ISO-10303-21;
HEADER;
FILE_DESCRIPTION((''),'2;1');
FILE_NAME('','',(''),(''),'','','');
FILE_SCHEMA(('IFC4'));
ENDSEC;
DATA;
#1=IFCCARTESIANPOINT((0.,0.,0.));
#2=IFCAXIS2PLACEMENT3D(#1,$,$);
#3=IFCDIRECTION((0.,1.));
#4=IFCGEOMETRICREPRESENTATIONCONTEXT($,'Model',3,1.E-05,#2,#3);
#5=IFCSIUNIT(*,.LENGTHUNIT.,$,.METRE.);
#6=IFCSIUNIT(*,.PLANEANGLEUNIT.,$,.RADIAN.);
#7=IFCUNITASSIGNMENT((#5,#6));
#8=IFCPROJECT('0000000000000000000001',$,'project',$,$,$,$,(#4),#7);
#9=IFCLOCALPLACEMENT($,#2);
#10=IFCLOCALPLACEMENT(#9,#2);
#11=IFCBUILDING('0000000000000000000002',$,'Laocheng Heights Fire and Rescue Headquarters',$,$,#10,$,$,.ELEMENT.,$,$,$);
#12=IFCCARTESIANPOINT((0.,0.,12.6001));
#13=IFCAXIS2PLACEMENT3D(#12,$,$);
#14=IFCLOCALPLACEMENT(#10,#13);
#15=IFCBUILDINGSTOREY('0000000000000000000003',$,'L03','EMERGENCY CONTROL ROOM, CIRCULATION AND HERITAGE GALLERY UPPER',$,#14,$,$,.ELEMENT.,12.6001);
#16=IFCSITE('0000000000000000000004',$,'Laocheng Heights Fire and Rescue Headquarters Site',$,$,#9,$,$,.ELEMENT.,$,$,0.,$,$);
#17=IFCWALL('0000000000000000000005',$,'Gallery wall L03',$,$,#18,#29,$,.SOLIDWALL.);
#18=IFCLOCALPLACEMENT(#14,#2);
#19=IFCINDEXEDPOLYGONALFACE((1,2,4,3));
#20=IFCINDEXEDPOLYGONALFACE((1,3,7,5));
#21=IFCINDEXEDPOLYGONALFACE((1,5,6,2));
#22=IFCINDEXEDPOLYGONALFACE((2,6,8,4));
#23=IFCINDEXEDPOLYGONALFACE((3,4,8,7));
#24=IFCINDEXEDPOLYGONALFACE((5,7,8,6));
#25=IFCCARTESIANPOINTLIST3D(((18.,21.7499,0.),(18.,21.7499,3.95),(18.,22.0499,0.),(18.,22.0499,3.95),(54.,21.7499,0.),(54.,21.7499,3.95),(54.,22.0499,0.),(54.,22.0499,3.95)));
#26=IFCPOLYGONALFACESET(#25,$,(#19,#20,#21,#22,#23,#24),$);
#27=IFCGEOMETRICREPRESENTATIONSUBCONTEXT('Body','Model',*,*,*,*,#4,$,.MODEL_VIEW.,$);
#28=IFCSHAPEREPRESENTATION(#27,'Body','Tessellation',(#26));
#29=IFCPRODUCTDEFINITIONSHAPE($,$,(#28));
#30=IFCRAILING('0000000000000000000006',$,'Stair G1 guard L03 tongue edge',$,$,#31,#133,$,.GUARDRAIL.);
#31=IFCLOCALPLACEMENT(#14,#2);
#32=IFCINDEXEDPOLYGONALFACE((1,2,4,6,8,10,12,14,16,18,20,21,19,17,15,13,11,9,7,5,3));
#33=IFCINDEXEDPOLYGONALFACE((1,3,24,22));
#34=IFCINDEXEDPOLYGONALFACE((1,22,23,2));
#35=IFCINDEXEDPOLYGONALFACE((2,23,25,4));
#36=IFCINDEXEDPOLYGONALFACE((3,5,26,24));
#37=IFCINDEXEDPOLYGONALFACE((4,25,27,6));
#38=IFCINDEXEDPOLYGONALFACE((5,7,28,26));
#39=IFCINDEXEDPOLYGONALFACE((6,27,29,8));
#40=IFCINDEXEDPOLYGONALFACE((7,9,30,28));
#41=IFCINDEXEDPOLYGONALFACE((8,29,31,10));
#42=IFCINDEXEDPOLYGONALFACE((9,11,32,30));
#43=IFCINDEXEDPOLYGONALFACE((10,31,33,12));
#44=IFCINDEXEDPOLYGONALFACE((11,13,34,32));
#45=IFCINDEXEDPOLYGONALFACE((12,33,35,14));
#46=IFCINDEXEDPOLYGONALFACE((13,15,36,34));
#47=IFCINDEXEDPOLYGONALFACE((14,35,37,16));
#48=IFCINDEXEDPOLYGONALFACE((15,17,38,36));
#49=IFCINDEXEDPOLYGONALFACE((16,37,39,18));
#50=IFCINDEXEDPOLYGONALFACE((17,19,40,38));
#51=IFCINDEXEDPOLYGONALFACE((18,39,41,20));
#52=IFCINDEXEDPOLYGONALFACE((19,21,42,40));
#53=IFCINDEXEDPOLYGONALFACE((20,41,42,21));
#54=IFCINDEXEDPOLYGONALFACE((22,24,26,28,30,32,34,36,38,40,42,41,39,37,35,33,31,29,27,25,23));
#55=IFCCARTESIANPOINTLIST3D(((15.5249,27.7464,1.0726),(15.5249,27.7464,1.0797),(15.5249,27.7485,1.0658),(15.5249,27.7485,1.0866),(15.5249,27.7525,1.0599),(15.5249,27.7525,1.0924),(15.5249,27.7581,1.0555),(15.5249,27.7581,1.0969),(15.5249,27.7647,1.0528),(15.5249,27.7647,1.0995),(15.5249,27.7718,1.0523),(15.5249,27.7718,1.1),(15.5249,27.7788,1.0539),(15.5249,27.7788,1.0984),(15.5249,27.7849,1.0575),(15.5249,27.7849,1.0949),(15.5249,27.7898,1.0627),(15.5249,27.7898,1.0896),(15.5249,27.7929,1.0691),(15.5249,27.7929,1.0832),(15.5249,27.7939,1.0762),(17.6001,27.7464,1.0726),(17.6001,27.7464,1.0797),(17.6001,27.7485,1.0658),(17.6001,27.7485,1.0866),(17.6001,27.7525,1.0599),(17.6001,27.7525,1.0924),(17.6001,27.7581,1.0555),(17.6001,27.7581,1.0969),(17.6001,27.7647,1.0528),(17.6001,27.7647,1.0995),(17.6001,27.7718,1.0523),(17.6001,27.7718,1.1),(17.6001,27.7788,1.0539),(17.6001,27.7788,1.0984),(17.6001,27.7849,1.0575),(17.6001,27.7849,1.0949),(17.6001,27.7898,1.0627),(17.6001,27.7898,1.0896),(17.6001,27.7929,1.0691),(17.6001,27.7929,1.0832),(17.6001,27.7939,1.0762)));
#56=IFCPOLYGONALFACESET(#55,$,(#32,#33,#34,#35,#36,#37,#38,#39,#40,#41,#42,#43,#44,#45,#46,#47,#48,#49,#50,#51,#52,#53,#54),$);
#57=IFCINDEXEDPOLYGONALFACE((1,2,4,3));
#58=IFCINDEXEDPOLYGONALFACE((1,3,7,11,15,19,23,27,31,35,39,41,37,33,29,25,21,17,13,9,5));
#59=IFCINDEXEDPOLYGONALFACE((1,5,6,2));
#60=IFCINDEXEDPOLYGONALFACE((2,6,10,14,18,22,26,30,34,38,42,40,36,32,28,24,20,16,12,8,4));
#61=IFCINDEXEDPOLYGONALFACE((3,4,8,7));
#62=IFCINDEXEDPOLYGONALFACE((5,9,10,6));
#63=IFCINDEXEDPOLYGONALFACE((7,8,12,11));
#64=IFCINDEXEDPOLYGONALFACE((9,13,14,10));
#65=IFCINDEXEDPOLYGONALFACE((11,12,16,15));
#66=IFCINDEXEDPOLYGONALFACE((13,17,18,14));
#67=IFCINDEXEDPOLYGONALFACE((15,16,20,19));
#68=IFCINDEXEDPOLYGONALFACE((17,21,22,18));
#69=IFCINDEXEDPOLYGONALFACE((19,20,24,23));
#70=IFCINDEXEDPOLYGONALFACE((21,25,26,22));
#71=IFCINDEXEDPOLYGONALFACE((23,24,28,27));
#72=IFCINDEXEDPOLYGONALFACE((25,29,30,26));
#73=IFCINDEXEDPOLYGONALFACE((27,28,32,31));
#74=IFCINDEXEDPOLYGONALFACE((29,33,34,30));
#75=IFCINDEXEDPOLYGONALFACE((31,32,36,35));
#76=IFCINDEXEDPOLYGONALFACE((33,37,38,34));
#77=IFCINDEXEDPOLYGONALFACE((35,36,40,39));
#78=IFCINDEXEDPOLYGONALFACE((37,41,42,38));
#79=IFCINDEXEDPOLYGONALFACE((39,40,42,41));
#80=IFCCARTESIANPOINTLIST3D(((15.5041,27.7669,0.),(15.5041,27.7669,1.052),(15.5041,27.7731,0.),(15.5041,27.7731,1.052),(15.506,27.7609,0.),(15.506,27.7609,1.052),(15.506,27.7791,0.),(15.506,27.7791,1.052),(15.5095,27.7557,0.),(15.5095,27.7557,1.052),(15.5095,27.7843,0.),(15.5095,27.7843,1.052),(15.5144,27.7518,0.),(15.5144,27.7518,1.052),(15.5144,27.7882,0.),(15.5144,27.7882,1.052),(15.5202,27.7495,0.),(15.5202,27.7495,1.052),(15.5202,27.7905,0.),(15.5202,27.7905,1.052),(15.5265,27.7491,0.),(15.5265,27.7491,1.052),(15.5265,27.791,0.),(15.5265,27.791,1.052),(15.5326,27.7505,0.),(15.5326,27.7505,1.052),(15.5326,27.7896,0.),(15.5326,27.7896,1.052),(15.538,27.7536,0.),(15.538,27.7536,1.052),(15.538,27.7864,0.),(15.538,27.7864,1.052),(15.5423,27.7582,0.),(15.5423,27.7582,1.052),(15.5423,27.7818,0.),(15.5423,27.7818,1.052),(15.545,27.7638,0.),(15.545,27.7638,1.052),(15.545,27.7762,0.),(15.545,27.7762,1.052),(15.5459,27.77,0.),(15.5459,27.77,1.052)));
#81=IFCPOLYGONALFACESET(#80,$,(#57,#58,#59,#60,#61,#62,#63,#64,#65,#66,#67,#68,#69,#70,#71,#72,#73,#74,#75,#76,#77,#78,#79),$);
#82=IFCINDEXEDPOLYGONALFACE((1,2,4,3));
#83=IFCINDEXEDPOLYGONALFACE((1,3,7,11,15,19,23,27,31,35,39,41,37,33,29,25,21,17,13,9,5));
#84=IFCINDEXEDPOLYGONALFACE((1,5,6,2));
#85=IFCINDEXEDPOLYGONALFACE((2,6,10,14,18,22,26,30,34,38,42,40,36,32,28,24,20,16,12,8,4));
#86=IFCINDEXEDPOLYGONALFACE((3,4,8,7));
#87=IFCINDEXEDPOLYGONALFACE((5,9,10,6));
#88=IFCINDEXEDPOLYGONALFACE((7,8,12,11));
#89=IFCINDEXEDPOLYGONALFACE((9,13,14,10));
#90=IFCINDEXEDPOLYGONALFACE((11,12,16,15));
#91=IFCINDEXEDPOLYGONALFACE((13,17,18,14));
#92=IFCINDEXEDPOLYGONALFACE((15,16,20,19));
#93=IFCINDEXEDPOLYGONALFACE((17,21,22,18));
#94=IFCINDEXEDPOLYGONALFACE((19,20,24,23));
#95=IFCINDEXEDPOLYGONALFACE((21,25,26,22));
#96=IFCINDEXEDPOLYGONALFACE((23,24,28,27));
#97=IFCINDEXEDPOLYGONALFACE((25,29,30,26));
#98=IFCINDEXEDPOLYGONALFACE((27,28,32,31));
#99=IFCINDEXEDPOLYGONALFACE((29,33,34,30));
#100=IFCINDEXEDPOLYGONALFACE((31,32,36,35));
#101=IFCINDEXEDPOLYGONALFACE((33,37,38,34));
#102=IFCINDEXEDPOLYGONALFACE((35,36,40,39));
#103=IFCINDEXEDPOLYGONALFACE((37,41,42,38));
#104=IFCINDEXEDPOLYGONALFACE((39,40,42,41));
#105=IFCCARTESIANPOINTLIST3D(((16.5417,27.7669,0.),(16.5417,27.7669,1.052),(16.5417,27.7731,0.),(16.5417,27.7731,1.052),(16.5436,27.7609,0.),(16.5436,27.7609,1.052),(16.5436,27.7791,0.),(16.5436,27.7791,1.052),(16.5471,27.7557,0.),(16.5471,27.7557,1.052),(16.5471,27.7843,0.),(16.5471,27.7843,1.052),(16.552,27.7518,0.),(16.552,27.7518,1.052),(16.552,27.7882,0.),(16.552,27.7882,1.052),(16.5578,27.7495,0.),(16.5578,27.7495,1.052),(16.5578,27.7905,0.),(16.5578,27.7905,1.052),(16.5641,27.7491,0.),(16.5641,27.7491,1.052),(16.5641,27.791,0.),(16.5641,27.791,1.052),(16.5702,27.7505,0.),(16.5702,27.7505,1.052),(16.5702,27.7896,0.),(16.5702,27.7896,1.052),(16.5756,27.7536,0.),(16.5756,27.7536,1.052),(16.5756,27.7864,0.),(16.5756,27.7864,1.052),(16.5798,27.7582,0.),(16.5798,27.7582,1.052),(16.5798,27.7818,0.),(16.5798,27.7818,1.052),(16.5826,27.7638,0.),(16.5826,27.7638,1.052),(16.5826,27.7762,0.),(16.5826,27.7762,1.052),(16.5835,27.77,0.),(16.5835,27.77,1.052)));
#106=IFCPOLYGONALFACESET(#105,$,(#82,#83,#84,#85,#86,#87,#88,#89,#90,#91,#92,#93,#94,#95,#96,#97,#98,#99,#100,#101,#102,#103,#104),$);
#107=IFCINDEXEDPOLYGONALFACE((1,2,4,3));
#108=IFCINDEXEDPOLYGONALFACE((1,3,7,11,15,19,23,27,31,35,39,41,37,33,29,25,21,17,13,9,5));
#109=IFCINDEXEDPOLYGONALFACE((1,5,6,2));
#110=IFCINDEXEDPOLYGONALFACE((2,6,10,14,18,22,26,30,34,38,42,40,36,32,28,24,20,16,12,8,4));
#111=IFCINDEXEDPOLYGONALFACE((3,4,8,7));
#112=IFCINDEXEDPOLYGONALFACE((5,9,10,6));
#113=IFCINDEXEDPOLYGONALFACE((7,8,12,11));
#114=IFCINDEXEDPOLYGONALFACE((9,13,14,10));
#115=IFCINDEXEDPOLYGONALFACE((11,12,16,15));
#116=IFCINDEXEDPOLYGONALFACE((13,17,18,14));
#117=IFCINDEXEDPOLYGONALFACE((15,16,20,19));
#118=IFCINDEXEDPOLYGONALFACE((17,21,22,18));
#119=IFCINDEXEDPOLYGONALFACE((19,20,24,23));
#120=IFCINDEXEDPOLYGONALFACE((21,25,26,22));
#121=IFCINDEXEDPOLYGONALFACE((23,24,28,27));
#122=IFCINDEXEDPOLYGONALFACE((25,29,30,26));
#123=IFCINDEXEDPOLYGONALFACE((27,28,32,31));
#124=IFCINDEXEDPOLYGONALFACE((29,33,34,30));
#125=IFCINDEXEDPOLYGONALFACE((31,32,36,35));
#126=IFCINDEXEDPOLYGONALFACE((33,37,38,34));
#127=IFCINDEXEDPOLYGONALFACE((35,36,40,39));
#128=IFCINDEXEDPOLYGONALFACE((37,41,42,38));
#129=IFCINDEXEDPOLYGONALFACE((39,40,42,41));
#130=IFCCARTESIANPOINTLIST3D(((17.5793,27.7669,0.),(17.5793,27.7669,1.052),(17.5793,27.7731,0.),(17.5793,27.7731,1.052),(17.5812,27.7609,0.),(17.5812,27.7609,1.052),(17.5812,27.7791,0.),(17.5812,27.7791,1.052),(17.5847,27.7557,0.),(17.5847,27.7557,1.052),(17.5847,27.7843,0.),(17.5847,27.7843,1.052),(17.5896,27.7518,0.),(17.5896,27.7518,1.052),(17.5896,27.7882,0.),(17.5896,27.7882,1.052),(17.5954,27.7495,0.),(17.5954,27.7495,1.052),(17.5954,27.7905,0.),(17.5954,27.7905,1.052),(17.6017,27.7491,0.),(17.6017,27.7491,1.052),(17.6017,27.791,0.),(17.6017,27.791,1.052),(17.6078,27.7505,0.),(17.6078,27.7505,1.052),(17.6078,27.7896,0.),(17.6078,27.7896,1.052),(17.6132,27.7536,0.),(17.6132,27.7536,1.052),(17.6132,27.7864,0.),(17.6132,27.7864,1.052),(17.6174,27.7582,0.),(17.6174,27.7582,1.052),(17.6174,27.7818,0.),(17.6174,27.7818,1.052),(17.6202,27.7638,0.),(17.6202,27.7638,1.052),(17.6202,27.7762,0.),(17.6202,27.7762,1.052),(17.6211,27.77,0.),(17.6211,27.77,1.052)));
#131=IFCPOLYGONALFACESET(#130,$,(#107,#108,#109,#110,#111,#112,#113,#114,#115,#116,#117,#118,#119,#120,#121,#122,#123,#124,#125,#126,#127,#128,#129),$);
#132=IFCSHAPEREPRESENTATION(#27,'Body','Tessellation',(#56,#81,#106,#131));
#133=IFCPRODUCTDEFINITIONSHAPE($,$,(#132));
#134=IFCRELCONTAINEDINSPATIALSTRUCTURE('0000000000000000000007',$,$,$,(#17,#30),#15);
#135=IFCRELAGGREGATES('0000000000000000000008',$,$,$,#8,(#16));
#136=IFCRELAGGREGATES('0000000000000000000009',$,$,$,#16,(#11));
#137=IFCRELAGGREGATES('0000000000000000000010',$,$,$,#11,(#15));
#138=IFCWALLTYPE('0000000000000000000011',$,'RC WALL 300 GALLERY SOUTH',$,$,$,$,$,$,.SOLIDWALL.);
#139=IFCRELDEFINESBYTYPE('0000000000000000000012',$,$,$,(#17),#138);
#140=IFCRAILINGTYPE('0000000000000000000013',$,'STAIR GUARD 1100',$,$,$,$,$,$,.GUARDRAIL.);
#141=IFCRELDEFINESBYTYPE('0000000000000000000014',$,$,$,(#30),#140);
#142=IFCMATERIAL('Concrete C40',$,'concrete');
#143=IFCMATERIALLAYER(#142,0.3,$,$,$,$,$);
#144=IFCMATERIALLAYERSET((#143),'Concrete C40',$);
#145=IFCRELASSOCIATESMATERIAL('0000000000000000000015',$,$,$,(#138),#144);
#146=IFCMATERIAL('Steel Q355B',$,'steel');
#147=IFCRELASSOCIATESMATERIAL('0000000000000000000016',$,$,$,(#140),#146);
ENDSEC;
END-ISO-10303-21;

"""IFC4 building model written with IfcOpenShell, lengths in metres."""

from ifc_helpers import new_model, si_unit, direction, frame, frame_2d, origin, origin_2d, place, context, subcontext, project, spatial, rectangle, circle, extrude, material, layer, layer_set, type_object, element, save


model = new_model("IFC4")

# Units and contexts
model_context = context("Model", 3, precision=1e-05, world=origin(), true_north=direction((0.0, 1.0)))
body_context = subcontext(model_context, "Body", "Model", "MODEL_VIEW")
ifc_project = project(units=[si_unit("LENGTHUNIT", "METRE"), si_unit("PLANEANGLEUNIT", "RADIAN")], contexts=[model_context])

# Site, building, storey
site_placement = place(None, origin())
site = spatial("IfcSite", under=ifc_project, at=site_placement, Name="Laocheng Heights Fire and Rescue Headquarters Site", CompositionType="ELEMENT", RefElevation=0.0)
building_placement = place(site_placement, origin())
building = spatial("IfcBuilding", under=site, at=building_placement, Name="Laocheng Heights Fire and Rescue Headquarters", CompositionType="ELEMENT")
storey_placement = place(building_placement, frame((0.0, 0.0, 12.6001)))
storey = spatial("IfcBuildingStorey", under=building, at=storey_placement, Name="L03", Description="EMERGENCY CONTROL ROOM, CIRCULATION AND HERITAGE GALLERY UPPER", CompositionType="ELEMENT", Elevation=12.6001)

# Wall
ifc_material_1 = material(Name="Concrete C40", Category="concrete")
ifc_layer_1 = layer(ifc_material_1, 0.3)
ifc_layer_set_1 = layer_set([ifc_layer_1], Name="Concrete C40")
wall_type_1 = type_object("IfcWallType", Name="RC WALL 300 GALLERY SOUTH", PredefinedType="SOLIDWALL", material=ifc_layer_set_1)
wall_1_placement = place(storey_placement, frame((18.0, 21.8999, 0.0), z_axis=(0.0, 0.0, 1.0), x_axis=(1.0, 0.0, 0.0)))
element("IfcWall", 1, at=wall_1_placement, inside=storey, type_object=wall_type_1, Name="Gallery wall L03", PredefinedType="SOLIDWALL", context=body_context, shape_type="SweptSolid", body=[
    extrude(rectangle(XDim=36.0, YDim=0.3, at=frame_2d((18.0, 0.0))), origin(), (0.0, 0.0, 1.0), 3.95),
])

# Railing
ifc_material_2 = material(Name="Steel Q355B", Category="steel")
railing_type = type_object("IfcRailingType", Name="STAIR GUARD 1100", PredefinedType="GUARDRAIL", material=ifc_material_2)
railing_1_placement = place(storey_placement, frame((15.5249, 27.77, 0.0)))
element("IfcRailing", 2, at=railing_1_placement, inside=storey, type_object=railing_type, Name="Stair G1 guard L03 tongue edge", PredefinedType="GUARDRAIL", context=body_context, shape_type="SweptSolid", body=[
    extrude(circle(Radius=0.0239, at=origin_2d()), frame((0.0, 0.0, 1.0762), z_axis=(1.0, 0.0, 0.0), x_axis=(0.0, 1.0, 0.0)), (0.0, 0.0, 1.0), 2.0752),
    extrude(circle(Radius=0.021, at=origin_2d()), origin(), (0.0, 0.0, 1.0), 1.052),
    extrude(circle(Radius=0.021, at=origin_2d()), frame((1.0376, 0.0, 0.0)), (0.0, 0.0, 1.0), 1.052),
    extrude(circle(Radius=0.021, at=origin_2d()), frame((2.0752, 0.0, 0.0)), (0.0, 0.0, 1.0), 1.052),
])

save(model, "model.ifc")
